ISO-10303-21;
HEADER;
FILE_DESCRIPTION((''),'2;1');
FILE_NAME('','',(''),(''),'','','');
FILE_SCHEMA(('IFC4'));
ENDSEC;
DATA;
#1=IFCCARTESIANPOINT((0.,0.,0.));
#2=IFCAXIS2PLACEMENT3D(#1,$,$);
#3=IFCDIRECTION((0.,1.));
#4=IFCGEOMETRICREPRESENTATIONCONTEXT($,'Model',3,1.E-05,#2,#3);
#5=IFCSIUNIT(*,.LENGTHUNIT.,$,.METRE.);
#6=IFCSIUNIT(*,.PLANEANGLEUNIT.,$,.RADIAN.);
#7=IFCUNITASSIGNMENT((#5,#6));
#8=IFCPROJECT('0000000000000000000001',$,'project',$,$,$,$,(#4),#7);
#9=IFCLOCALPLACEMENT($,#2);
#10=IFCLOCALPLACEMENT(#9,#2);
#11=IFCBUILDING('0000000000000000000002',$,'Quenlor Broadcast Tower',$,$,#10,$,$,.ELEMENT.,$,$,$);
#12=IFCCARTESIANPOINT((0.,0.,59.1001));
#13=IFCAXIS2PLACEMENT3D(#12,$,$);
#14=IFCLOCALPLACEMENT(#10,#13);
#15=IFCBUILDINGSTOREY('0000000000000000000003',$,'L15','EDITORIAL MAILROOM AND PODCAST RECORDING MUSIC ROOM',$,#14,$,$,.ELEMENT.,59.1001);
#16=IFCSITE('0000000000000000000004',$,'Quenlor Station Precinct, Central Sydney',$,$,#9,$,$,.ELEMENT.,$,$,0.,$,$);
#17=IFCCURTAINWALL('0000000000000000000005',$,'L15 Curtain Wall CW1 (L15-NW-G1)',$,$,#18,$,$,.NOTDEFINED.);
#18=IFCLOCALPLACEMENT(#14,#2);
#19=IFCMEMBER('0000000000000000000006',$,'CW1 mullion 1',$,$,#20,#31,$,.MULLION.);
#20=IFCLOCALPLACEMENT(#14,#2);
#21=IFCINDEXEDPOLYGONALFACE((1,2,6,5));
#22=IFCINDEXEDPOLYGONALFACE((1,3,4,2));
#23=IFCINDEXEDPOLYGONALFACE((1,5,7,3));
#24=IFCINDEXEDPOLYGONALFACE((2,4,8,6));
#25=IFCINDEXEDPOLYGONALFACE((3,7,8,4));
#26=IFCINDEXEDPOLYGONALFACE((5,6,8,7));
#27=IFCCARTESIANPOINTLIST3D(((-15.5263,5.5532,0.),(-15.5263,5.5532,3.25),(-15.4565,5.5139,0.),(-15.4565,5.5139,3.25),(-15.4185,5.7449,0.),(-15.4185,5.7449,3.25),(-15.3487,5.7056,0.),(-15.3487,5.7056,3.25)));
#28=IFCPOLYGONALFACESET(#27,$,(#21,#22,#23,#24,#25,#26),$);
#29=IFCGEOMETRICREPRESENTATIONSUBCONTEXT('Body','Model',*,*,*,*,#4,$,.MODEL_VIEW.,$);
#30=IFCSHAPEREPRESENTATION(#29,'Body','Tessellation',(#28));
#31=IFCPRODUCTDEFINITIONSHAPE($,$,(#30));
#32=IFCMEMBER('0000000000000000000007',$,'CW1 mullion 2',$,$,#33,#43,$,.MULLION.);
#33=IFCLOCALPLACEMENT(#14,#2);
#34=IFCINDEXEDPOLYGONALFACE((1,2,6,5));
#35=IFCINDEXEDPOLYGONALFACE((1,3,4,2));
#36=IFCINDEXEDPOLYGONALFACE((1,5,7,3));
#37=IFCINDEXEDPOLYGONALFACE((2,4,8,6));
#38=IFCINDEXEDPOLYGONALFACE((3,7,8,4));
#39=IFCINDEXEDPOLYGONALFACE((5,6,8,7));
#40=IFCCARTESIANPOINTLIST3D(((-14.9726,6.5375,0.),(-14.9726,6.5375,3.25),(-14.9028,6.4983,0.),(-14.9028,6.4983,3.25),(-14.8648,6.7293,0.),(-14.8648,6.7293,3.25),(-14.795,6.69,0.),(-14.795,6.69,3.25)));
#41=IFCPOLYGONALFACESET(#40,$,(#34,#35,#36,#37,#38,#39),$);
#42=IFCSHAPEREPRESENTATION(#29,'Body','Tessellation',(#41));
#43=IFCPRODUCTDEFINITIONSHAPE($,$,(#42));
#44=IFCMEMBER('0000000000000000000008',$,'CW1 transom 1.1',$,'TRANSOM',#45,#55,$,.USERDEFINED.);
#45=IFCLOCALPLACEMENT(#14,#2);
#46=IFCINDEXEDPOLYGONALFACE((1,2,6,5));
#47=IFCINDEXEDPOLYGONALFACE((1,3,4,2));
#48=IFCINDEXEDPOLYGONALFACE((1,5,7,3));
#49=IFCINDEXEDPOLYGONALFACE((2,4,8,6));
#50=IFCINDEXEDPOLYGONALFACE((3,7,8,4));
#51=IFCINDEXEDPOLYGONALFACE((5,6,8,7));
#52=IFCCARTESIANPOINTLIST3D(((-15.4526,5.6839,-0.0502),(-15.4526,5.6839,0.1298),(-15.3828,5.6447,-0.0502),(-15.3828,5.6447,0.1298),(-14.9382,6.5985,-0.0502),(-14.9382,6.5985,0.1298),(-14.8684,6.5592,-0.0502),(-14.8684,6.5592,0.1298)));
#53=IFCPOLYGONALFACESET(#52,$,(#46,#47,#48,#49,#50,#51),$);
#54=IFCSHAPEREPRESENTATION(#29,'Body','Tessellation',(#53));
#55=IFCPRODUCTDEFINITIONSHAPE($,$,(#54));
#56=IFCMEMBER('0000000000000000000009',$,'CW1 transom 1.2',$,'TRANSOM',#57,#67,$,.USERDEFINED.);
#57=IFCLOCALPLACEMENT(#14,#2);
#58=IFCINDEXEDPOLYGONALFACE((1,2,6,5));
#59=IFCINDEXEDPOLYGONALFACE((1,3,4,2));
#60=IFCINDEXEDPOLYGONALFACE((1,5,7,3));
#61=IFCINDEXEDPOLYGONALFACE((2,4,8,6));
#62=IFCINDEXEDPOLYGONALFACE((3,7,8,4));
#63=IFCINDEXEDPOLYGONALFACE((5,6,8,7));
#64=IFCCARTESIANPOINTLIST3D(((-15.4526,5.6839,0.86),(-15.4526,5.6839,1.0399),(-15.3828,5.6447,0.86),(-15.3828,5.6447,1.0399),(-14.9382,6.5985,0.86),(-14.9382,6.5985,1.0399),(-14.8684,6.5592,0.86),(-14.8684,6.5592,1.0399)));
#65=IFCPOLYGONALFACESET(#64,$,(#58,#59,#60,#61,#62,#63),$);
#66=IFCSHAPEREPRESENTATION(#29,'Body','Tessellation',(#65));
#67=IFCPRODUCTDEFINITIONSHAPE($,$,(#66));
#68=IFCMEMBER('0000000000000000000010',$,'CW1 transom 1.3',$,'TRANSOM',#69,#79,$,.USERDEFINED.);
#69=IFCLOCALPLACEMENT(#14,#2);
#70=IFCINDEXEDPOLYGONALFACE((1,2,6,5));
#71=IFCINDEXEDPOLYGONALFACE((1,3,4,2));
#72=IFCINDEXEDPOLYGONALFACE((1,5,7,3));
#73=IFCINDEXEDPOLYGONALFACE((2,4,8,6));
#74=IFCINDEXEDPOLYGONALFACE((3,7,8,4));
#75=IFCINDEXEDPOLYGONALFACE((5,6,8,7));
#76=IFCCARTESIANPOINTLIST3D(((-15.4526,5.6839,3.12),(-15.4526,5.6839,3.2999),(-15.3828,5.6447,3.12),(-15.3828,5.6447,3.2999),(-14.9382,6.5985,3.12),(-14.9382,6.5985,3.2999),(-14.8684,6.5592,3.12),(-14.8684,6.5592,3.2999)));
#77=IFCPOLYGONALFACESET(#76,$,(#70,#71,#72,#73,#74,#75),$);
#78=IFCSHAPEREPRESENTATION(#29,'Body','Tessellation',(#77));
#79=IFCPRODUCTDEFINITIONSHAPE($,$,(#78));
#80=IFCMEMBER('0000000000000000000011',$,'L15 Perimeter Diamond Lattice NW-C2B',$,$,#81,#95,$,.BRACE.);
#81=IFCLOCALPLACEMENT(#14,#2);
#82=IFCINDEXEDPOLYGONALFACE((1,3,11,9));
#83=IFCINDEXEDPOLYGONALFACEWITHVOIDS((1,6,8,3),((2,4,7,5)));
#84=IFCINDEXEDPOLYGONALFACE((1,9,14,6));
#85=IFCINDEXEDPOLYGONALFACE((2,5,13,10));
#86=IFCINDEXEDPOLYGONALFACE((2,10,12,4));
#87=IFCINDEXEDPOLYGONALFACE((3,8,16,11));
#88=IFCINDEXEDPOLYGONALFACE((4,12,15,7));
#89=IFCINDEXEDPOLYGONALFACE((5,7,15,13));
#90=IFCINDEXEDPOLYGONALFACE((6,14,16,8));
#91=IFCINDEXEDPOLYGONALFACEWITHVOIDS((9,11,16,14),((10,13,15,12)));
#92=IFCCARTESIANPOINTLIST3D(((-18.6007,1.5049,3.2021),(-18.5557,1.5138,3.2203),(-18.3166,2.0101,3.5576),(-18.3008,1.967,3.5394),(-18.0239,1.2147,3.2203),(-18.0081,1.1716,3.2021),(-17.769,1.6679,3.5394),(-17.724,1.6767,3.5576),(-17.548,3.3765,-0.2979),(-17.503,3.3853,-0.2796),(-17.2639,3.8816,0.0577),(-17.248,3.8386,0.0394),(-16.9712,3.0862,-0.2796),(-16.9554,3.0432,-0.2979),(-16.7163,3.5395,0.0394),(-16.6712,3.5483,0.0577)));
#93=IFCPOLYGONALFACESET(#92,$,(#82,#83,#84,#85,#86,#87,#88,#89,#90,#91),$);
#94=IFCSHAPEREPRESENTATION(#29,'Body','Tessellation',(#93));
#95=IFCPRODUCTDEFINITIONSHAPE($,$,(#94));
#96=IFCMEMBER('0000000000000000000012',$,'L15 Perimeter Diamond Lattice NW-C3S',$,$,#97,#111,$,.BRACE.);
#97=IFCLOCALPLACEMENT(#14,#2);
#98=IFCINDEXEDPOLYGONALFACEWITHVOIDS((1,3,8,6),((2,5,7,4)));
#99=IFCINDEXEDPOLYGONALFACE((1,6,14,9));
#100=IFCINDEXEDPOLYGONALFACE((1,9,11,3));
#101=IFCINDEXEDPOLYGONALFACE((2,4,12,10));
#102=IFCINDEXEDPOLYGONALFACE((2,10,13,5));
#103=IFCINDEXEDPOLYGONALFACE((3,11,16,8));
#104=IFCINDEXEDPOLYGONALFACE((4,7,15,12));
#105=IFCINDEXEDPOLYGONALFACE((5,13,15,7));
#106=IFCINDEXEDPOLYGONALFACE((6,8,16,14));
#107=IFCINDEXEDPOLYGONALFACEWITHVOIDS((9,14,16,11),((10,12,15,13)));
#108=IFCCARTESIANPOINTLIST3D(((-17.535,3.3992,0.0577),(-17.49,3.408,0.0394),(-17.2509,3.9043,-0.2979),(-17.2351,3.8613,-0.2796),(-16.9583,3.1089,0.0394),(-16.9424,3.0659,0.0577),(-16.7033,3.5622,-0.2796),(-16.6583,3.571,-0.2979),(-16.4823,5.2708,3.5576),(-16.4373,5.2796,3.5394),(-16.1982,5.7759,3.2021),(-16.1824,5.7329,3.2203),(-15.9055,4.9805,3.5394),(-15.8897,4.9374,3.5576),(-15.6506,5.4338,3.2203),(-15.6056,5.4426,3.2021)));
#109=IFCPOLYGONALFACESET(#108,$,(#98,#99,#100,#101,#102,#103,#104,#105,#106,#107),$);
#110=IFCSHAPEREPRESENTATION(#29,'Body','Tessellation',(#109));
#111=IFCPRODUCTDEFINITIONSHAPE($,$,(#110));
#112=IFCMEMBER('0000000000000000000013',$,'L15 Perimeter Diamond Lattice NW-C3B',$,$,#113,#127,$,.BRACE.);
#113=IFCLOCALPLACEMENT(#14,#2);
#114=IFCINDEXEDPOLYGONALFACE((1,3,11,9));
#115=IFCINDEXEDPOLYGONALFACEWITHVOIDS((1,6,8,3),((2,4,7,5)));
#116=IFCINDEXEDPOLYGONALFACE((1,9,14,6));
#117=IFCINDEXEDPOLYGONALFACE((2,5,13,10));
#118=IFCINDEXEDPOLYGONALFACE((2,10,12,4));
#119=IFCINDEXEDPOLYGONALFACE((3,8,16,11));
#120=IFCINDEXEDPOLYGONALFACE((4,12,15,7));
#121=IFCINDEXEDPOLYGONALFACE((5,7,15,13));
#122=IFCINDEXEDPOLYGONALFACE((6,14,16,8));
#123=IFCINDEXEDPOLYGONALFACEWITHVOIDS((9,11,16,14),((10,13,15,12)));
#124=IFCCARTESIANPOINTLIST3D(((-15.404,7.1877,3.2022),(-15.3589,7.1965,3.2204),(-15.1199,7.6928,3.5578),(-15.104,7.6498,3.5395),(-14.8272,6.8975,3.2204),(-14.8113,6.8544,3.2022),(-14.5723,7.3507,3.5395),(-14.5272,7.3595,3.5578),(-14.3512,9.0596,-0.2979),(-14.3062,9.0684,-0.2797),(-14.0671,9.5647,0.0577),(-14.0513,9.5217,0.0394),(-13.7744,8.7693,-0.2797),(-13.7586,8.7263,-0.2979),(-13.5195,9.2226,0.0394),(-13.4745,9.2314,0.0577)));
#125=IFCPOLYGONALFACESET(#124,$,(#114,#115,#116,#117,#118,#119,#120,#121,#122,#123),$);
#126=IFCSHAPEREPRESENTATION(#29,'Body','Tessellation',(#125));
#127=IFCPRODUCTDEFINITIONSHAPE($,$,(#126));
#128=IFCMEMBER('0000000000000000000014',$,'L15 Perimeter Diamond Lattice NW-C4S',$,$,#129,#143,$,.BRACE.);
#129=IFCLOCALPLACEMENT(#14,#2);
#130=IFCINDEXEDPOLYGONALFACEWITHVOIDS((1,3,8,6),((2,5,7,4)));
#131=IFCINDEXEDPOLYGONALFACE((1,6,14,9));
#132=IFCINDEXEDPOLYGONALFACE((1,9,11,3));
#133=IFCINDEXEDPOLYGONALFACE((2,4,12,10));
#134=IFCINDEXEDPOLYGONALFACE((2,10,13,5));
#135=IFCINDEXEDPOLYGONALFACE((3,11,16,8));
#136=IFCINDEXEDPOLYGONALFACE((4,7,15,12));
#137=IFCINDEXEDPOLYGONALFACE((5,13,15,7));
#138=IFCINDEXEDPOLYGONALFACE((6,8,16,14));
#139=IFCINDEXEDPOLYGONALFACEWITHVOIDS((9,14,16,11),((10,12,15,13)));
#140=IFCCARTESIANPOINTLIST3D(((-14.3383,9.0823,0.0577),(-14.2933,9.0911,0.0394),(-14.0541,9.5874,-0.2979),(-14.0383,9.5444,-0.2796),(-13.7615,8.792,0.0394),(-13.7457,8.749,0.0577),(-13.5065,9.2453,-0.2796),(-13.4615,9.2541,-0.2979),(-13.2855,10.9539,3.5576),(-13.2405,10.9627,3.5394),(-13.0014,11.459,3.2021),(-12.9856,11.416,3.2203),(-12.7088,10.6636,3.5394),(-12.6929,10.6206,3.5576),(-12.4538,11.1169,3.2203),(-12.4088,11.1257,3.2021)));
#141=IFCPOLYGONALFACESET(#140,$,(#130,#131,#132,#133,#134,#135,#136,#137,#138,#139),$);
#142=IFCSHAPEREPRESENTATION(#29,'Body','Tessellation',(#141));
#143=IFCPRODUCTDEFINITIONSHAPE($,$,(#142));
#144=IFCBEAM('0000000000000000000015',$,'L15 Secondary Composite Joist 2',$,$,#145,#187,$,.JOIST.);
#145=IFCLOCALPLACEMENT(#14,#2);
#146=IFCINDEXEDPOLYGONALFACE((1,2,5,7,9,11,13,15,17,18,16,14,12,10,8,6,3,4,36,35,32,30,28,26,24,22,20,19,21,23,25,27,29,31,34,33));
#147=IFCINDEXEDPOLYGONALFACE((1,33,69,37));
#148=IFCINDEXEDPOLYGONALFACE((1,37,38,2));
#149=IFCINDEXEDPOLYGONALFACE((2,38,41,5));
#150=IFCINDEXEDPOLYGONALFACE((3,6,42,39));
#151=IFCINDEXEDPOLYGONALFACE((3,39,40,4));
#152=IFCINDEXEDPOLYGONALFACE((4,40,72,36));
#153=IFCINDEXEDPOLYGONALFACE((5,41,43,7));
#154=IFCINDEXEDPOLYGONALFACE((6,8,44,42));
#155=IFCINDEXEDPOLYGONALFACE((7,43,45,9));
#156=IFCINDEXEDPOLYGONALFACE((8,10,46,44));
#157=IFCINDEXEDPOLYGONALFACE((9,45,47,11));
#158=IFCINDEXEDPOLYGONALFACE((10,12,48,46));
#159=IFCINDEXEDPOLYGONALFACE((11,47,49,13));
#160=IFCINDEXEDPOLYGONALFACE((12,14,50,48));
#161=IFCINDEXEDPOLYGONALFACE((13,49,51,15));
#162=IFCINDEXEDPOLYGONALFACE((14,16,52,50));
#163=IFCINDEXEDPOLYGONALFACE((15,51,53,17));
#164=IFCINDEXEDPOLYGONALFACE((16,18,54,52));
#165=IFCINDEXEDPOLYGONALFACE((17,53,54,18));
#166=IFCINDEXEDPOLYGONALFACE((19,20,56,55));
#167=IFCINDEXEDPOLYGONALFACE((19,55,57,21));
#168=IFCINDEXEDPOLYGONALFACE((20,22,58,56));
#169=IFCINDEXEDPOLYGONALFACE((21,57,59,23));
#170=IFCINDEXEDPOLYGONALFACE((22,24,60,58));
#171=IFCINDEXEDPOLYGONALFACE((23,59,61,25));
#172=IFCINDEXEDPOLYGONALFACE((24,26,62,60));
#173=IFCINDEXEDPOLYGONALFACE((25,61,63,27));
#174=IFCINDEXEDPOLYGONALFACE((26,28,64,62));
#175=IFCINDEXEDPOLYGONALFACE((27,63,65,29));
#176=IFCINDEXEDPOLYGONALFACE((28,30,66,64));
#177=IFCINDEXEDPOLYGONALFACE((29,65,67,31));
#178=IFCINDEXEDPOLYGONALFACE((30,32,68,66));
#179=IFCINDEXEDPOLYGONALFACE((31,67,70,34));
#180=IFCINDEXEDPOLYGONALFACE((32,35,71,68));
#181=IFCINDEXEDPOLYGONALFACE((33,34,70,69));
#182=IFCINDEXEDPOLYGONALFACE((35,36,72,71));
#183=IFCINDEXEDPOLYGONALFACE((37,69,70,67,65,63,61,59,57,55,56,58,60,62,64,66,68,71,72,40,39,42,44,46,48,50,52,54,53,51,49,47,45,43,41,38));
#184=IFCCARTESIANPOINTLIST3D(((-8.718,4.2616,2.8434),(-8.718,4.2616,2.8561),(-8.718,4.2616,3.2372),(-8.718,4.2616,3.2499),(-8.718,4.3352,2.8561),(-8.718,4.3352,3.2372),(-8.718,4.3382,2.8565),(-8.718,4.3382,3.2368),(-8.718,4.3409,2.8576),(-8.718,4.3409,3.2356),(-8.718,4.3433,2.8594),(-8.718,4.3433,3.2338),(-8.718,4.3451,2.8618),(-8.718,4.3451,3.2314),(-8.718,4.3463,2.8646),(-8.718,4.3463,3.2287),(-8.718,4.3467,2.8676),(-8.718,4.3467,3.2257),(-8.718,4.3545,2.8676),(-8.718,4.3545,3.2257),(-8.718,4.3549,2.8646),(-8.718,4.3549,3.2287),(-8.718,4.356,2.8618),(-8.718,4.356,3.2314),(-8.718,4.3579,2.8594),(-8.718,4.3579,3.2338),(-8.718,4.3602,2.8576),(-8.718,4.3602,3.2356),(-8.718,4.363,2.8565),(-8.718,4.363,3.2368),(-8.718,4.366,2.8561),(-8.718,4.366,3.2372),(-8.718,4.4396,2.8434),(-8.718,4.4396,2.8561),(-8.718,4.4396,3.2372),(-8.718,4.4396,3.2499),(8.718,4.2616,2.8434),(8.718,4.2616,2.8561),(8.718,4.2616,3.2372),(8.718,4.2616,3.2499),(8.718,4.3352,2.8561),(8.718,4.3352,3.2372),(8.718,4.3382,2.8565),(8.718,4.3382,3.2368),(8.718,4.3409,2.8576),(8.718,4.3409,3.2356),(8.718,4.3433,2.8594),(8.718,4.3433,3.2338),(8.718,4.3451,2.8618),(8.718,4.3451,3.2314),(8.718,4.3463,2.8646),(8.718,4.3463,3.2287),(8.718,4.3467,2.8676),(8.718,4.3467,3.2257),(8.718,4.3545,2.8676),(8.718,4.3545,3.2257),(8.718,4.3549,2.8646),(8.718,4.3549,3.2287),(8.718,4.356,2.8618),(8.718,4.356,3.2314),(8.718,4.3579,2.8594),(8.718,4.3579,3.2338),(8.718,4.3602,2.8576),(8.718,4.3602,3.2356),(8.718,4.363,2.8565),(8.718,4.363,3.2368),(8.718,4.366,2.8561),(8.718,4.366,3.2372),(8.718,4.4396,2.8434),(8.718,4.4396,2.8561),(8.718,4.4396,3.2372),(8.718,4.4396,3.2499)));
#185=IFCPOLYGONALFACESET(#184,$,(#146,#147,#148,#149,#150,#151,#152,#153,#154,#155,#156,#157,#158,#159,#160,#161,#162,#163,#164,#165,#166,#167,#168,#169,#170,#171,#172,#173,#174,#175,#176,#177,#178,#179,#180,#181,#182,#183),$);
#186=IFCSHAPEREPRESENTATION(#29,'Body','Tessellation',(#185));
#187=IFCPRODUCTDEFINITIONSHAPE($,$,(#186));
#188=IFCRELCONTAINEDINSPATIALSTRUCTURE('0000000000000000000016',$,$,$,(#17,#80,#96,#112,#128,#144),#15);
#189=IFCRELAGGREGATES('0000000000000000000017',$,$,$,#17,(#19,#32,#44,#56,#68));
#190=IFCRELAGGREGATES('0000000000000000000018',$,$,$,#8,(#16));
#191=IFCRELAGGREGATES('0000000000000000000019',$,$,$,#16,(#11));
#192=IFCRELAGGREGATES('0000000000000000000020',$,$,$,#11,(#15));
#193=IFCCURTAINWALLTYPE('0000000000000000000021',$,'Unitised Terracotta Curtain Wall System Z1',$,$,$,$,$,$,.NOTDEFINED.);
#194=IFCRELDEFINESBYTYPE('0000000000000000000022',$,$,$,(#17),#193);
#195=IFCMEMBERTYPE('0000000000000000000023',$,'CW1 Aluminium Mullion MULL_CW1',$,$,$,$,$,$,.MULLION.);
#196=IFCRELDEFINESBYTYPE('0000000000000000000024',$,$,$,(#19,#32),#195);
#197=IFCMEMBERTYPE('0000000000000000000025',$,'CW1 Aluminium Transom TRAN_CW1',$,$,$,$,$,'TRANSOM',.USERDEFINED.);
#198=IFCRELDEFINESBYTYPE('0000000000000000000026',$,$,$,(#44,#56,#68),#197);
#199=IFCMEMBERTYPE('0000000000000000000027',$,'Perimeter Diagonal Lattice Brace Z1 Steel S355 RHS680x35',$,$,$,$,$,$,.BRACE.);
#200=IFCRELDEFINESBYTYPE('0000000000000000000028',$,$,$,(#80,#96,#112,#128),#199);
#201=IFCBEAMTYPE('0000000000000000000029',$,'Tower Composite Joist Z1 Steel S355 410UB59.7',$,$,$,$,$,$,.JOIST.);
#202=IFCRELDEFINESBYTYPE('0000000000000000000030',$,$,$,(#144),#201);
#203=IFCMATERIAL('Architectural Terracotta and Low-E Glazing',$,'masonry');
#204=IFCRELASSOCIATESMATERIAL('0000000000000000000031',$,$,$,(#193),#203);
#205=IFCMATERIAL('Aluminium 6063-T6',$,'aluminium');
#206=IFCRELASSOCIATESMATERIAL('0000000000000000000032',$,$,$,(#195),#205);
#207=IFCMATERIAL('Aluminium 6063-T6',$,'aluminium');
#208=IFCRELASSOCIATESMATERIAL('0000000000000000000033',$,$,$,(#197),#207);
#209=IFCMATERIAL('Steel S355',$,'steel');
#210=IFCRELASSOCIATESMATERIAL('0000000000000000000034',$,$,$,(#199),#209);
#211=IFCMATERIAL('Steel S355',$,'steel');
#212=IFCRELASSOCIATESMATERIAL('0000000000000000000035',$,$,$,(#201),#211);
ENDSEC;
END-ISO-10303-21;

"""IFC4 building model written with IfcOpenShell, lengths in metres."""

from ifc_helpers import new_model, si_unit, direction, frame, origin, origin_2d, place, context, subcontext, project, spatial, rectangle, hollow_rectangle, i_section, extrude, material, material_profile, profile_set, type_object, element, aggregate, save


model = new_model("IFC4")

# Units and contexts
model_context = context("Model", 3, precision=1e-05, world=origin(), true_north=direction((0.0, 1.0)))
body_context = subcontext(model_context, "Body", "Model", "MODEL_VIEW")
ifc_project = project(units=[si_unit("LENGTHUNIT", "METRE"), si_unit("PLANEANGLEUNIT", "RADIAN")], contexts=[model_context])

# Site, building, storey
site_placement = place(None, origin())
site = spatial("IfcSite", under=ifc_project, at=site_placement, Name="Quenlor Station Precinct, Central Sydney", CompositionType="ELEMENT", RefElevation=0.0)
building_placement = place(site_placement, origin())
building = spatial("IfcBuilding", under=site, at=building_placement, Name="Quenlor Broadcast Tower", CompositionType="ELEMENT")
storey_placement = place(building_placement, frame((0.0, 0.0, 59.1001)))
storey = spatial("IfcBuildingStorey", under=building, at=storey_placement, Name="L15", Description="EDITORIAL MAILROOM AND PODCAST RECORDING MUSIC ROOM", CompositionType="ELEMENT", Elevation=59.1001)

# Curtain wall, members
ifc_material_1 = material(Name="Architectural Terracotta and Low-E Glazing", Category="masonry")
curtain_wall_type = type_object("IfcCurtainWallType", Name="Unitised Terracotta Curtain Wall System Z1", PredefinedType="NOTDEFINED", material=ifc_material_1)
curtain_wall_placement = place(storey_placement, origin())
curtain_wall = element("IfcCurtainWall", 1, at=curtain_wall_placement, inside=storey, type_object=curtain_wall_type, Name="L15 Curtain Wall CW1 (L15-NW-G1)", PredefinedType="NOTDEFINED")
ifc_material_2 = material(Name="Aluminium 6063-T6", Category="aluminium")
ifc_material_profile_1 = material_profile(ifc_material_2, rectangle(XDim=0.0801, YDim=0.22, at=origin_2d()))
ifc_profile_set_1 = profile_set([ifc_material_profile_1], Name="Aluminium 6063-T6 MULL80x220")
member_type_1 = type_object("IfcMemberType", Name="CW1 Aluminium Mullion MULL_CW1", PredefinedType="MULLION", material=ifc_profile_set_1)
member_1_placement = place(storey_placement, frame((-15.4375, 5.6294, 0.0), z_axis=(0.0, 0.0, 1.0), x_axis=(-0.871567, 0.490277, 0.0)))
member_1 = element("IfcMember", 2, at=member_1_placement, type_object=member_type_1, Name="CW1 mullion 1", PredefinedType="MULLION", context=body_context, shape_type="SweptSolid", body=[
    extrude(rectangle(XDim=0.0801, YDim=0.22, at=origin_2d()), origin(), (0.0, 0.0, 1.0), 3.25),
])
member_2_placement = place(storey_placement, frame((-14.8838, 6.6138, 0.0), z_axis=(0.0, 0.0, 1.0), x_axis=(-0.871567, 0.490277, 0.0)))
member_2 = element("IfcMember", 3, at=member_2_placement, type_object=member_type_1, Name="CW1 mullion 2", PredefinedType="MULLION", context=body_context, shape_type="SweptSolid", body=[
    extrude(rectangle(XDim=0.0801, YDim=0.22, at=origin_2d()), origin(), (0.0, 0.0, 1.0), 3.25),
])
ifc_material_3 = material(Name="Aluminium 6063-T6", Category="aluminium")
ifc_material_profile_2 = material_profile(ifc_material_3, rectangle(XDim=0.0801, YDim=0.1799, at=origin_2d()))
ifc_profile_set_2 = profile_set([ifc_material_profile_2], Name="Aluminium 6063-T6 TRAN80x180")
member_type_2 = type_object("IfcMemberType", Name="CW1 Aluminium Transom TRAN_CW1", ElementType="TRANSOM", PredefinedType="USERDEFINED", material=ifc_profile_set_2)
member_3_placement = place(storey_placement, frame((-15.4177, 5.6643, 0.0398), z_axis=(0.490239, 0.871588, 0.0), x_axis=(-0.871588, 0.490239, 0.0)))
member_3 = element("IfcMember", 4, at=member_3_placement, type_object=member_type_2, Name="CW1 transom 1.1", ObjectType="TRANSOM", PredefinedType="USERDEFINED", context=body_context, shape_type="SweptSolid", body=[
    extrude(rectangle(XDim=0.0801, YDim=0.1799, at=origin_2d()), origin(), (0.0, 0.0, 1.0), 1.0493),
])
member_4_placement = place(storey_placement, frame((-15.4177, 5.6643, 0.95), z_axis=(0.490239, 0.871588, 0.0), x_axis=(-0.871588, 0.490239, 0.0)))
member_4 = element("IfcMember", 5, at=member_4_placement, type_object=member_type_2, Name="CW1 transom 1.2", ObjectType="TRANSOM", PredefinedType="USERDEFINED", context=body_context, shape_type="SweptSolid", body=[
    extrude(rectangle(XDim=0.0801, YDim=0.1799, at=origin_2d()), origin(), (0.0, 0.0, 1.0), 1.0493),
])
member_5_placement = place(storey_placement, frame((-15.4177, 5.6643, 3.21), z_axis=(0.490239, 0.871588, 0.0), x_axis=(-0.871588, 0.490239, 0.0)))
member_5 = element("IfcMember", 6, at=member_5_placement, type_object=member_type_2, Name="CW1 transom 1.3", ObjectType="TRANSOM", PredefinedType="USERDEFINED", context=body_context, shape_type="SweptSolid", body=[
    extrude(rectangle(XDim=0.0801, YDim=0.1799, at=origin_2d()), origin(), (0.0, 0.0, 1.0), 1.0493),
])

# Members
ifc_material_4 = material(Name="Steel S355", Category="steel")
ifc_material_profile_3 = material_profile(ifc_material_4, hollow_rectangle(XDim=0.6799, YDim=0.6799, WallThickness=0.0349, at=origin_2d()))
ifc_profile_set_3 = profile_set([ifc_material_profile_3], Name="Steel S355 RHS680x680x35")
member_type_3 = type_object("IfcMemberType", Name="Perimeter Diagonal Lattice Brace Z1 Steel S355 RHS680x35", PredefinedType="BRACE", material=ifc_profile_set_3)
for number, where, z_axis, x_axis, name in (
    (7, (-17.1096, 3.4624, -0.1201), (-0.256375, -0.455792, 0.852365), (0.871582, -0.49025, 0.0), "L15 Perimeter Diamond Lattice NW-C2B"),
    (8, (-17.0967, 3.4851, -0.1201), (0.256375, 0.455792, 0.852365), (-0.871582, 0.49025, 0.0), "L15 Perimeter Diamond Lattice NW-C3S"),
):
    element("IfcMember", number, at=place(storey_placement, frame(where, z_axis=z_axis, x_axis=x_axis)), inside=storey, type_object=member_type_3, Name=name, PredefinedType="BRACE", context=body_context, shape_type="SweptSolid", body=[
        extrude(hollow_rectangle(XDim=0.6799, YDim=0.6799, WallThickness=0.0349, at=origin_2d()), origin(), (0.0, 0.0, 1.0), 4.1062),
    ])
member_6_placement = place(storey_placement, frame((-13.9128, 9.1455, -0.1201), z_axis=(-0.256368, -0.455839, 0.852342), x_axis=(0.871609, -0.490202, 0.0)))
element("IfcMember", 9, at=member_6_placement, inside=storey, type_object=member_type_3, Name="L15 Perimeter Diamond Lattice NW-C3B", PredefinedType="BRACE", context=body_context, shape_type="SweptSolid", body=[
    extrude(hollow_rectangle(XDim=0.6799, YDim=0.6799, WallThickness=0.0349, at=origin_2d()), origin(), (0.0, 0.0, 1.0), 4.1064),
])
member_7_placement = place(storey_placement, frame((-13.8999, 9.1682, -0.1201), z_axis=(0.256375, 0.455792, 0.852365), x_axis=(-0.871582, 0.49025, 0.0)))
element("IfcMember", 10, at=member_7_placement, inside=storey, type_object=member_type_3, Name="L15 Perimeter Diamond Lattice NW-C4S", PredefinedType="BRACE", context=body_context, shape_type="SweptSolid", body=[
    extrude(hollow_rectangle(XDim=0.6799, YDim=0.6799, WallThickness=0.0349, at=origin_2d()), origin(), (0.0, 0.0, 1.0), 4.1062),
])

# Beam
ifc_material_5 = material(Name="Steel S355", Category="steel")
ifc_material_profile_4 = material_profile(ifc_material_5, i_section(OverallWidth=0.178, OverallDepth=0.4065, WebThickness=0.0078, FlangeThickness=0.0127, FilletRadius=0.0115, at=origin_2d()))
ifc_profile_set_4 = profile_set([ifc_material_profile_4], Name="Steel S355 410UB59.7")
beam_type_1 = type_object("IfcBeamType", Name="Tower Composite Joist Z1 Steel S355 410UB59.7", PredefinedType="JOIST", material=ifc_profile_set_4)
beam_1_placement = place(storey_placement, frame((-8.718, 4.3506, 3.0466), z_axis=(1.0, 0.0, 0.0), x_axis=(0.0, 1.0, 0.0)))
element("IfcBeam", 11, at=beam_1_placement, inside=storey, type_object=beam_type_1, Name="L15 Secondary Composite Joist 2", PredefinedType="JOIST", context=body_context, shape_type="SweptSolid", body=[
    extrude(i_section(OverallWidth=0.178, OverallDepth=0.4065, WebThickness=0.0078, FlangeThickness=0.0127, FilletRadius=0.0115, at=origin_2d()), origin(), (0.0, 0.0, 1.0), 17.436),
])

aggregate(curtain_wall, [member_1, member_2, member_3, member_4, member_5])

save(model, "model.ifc")
